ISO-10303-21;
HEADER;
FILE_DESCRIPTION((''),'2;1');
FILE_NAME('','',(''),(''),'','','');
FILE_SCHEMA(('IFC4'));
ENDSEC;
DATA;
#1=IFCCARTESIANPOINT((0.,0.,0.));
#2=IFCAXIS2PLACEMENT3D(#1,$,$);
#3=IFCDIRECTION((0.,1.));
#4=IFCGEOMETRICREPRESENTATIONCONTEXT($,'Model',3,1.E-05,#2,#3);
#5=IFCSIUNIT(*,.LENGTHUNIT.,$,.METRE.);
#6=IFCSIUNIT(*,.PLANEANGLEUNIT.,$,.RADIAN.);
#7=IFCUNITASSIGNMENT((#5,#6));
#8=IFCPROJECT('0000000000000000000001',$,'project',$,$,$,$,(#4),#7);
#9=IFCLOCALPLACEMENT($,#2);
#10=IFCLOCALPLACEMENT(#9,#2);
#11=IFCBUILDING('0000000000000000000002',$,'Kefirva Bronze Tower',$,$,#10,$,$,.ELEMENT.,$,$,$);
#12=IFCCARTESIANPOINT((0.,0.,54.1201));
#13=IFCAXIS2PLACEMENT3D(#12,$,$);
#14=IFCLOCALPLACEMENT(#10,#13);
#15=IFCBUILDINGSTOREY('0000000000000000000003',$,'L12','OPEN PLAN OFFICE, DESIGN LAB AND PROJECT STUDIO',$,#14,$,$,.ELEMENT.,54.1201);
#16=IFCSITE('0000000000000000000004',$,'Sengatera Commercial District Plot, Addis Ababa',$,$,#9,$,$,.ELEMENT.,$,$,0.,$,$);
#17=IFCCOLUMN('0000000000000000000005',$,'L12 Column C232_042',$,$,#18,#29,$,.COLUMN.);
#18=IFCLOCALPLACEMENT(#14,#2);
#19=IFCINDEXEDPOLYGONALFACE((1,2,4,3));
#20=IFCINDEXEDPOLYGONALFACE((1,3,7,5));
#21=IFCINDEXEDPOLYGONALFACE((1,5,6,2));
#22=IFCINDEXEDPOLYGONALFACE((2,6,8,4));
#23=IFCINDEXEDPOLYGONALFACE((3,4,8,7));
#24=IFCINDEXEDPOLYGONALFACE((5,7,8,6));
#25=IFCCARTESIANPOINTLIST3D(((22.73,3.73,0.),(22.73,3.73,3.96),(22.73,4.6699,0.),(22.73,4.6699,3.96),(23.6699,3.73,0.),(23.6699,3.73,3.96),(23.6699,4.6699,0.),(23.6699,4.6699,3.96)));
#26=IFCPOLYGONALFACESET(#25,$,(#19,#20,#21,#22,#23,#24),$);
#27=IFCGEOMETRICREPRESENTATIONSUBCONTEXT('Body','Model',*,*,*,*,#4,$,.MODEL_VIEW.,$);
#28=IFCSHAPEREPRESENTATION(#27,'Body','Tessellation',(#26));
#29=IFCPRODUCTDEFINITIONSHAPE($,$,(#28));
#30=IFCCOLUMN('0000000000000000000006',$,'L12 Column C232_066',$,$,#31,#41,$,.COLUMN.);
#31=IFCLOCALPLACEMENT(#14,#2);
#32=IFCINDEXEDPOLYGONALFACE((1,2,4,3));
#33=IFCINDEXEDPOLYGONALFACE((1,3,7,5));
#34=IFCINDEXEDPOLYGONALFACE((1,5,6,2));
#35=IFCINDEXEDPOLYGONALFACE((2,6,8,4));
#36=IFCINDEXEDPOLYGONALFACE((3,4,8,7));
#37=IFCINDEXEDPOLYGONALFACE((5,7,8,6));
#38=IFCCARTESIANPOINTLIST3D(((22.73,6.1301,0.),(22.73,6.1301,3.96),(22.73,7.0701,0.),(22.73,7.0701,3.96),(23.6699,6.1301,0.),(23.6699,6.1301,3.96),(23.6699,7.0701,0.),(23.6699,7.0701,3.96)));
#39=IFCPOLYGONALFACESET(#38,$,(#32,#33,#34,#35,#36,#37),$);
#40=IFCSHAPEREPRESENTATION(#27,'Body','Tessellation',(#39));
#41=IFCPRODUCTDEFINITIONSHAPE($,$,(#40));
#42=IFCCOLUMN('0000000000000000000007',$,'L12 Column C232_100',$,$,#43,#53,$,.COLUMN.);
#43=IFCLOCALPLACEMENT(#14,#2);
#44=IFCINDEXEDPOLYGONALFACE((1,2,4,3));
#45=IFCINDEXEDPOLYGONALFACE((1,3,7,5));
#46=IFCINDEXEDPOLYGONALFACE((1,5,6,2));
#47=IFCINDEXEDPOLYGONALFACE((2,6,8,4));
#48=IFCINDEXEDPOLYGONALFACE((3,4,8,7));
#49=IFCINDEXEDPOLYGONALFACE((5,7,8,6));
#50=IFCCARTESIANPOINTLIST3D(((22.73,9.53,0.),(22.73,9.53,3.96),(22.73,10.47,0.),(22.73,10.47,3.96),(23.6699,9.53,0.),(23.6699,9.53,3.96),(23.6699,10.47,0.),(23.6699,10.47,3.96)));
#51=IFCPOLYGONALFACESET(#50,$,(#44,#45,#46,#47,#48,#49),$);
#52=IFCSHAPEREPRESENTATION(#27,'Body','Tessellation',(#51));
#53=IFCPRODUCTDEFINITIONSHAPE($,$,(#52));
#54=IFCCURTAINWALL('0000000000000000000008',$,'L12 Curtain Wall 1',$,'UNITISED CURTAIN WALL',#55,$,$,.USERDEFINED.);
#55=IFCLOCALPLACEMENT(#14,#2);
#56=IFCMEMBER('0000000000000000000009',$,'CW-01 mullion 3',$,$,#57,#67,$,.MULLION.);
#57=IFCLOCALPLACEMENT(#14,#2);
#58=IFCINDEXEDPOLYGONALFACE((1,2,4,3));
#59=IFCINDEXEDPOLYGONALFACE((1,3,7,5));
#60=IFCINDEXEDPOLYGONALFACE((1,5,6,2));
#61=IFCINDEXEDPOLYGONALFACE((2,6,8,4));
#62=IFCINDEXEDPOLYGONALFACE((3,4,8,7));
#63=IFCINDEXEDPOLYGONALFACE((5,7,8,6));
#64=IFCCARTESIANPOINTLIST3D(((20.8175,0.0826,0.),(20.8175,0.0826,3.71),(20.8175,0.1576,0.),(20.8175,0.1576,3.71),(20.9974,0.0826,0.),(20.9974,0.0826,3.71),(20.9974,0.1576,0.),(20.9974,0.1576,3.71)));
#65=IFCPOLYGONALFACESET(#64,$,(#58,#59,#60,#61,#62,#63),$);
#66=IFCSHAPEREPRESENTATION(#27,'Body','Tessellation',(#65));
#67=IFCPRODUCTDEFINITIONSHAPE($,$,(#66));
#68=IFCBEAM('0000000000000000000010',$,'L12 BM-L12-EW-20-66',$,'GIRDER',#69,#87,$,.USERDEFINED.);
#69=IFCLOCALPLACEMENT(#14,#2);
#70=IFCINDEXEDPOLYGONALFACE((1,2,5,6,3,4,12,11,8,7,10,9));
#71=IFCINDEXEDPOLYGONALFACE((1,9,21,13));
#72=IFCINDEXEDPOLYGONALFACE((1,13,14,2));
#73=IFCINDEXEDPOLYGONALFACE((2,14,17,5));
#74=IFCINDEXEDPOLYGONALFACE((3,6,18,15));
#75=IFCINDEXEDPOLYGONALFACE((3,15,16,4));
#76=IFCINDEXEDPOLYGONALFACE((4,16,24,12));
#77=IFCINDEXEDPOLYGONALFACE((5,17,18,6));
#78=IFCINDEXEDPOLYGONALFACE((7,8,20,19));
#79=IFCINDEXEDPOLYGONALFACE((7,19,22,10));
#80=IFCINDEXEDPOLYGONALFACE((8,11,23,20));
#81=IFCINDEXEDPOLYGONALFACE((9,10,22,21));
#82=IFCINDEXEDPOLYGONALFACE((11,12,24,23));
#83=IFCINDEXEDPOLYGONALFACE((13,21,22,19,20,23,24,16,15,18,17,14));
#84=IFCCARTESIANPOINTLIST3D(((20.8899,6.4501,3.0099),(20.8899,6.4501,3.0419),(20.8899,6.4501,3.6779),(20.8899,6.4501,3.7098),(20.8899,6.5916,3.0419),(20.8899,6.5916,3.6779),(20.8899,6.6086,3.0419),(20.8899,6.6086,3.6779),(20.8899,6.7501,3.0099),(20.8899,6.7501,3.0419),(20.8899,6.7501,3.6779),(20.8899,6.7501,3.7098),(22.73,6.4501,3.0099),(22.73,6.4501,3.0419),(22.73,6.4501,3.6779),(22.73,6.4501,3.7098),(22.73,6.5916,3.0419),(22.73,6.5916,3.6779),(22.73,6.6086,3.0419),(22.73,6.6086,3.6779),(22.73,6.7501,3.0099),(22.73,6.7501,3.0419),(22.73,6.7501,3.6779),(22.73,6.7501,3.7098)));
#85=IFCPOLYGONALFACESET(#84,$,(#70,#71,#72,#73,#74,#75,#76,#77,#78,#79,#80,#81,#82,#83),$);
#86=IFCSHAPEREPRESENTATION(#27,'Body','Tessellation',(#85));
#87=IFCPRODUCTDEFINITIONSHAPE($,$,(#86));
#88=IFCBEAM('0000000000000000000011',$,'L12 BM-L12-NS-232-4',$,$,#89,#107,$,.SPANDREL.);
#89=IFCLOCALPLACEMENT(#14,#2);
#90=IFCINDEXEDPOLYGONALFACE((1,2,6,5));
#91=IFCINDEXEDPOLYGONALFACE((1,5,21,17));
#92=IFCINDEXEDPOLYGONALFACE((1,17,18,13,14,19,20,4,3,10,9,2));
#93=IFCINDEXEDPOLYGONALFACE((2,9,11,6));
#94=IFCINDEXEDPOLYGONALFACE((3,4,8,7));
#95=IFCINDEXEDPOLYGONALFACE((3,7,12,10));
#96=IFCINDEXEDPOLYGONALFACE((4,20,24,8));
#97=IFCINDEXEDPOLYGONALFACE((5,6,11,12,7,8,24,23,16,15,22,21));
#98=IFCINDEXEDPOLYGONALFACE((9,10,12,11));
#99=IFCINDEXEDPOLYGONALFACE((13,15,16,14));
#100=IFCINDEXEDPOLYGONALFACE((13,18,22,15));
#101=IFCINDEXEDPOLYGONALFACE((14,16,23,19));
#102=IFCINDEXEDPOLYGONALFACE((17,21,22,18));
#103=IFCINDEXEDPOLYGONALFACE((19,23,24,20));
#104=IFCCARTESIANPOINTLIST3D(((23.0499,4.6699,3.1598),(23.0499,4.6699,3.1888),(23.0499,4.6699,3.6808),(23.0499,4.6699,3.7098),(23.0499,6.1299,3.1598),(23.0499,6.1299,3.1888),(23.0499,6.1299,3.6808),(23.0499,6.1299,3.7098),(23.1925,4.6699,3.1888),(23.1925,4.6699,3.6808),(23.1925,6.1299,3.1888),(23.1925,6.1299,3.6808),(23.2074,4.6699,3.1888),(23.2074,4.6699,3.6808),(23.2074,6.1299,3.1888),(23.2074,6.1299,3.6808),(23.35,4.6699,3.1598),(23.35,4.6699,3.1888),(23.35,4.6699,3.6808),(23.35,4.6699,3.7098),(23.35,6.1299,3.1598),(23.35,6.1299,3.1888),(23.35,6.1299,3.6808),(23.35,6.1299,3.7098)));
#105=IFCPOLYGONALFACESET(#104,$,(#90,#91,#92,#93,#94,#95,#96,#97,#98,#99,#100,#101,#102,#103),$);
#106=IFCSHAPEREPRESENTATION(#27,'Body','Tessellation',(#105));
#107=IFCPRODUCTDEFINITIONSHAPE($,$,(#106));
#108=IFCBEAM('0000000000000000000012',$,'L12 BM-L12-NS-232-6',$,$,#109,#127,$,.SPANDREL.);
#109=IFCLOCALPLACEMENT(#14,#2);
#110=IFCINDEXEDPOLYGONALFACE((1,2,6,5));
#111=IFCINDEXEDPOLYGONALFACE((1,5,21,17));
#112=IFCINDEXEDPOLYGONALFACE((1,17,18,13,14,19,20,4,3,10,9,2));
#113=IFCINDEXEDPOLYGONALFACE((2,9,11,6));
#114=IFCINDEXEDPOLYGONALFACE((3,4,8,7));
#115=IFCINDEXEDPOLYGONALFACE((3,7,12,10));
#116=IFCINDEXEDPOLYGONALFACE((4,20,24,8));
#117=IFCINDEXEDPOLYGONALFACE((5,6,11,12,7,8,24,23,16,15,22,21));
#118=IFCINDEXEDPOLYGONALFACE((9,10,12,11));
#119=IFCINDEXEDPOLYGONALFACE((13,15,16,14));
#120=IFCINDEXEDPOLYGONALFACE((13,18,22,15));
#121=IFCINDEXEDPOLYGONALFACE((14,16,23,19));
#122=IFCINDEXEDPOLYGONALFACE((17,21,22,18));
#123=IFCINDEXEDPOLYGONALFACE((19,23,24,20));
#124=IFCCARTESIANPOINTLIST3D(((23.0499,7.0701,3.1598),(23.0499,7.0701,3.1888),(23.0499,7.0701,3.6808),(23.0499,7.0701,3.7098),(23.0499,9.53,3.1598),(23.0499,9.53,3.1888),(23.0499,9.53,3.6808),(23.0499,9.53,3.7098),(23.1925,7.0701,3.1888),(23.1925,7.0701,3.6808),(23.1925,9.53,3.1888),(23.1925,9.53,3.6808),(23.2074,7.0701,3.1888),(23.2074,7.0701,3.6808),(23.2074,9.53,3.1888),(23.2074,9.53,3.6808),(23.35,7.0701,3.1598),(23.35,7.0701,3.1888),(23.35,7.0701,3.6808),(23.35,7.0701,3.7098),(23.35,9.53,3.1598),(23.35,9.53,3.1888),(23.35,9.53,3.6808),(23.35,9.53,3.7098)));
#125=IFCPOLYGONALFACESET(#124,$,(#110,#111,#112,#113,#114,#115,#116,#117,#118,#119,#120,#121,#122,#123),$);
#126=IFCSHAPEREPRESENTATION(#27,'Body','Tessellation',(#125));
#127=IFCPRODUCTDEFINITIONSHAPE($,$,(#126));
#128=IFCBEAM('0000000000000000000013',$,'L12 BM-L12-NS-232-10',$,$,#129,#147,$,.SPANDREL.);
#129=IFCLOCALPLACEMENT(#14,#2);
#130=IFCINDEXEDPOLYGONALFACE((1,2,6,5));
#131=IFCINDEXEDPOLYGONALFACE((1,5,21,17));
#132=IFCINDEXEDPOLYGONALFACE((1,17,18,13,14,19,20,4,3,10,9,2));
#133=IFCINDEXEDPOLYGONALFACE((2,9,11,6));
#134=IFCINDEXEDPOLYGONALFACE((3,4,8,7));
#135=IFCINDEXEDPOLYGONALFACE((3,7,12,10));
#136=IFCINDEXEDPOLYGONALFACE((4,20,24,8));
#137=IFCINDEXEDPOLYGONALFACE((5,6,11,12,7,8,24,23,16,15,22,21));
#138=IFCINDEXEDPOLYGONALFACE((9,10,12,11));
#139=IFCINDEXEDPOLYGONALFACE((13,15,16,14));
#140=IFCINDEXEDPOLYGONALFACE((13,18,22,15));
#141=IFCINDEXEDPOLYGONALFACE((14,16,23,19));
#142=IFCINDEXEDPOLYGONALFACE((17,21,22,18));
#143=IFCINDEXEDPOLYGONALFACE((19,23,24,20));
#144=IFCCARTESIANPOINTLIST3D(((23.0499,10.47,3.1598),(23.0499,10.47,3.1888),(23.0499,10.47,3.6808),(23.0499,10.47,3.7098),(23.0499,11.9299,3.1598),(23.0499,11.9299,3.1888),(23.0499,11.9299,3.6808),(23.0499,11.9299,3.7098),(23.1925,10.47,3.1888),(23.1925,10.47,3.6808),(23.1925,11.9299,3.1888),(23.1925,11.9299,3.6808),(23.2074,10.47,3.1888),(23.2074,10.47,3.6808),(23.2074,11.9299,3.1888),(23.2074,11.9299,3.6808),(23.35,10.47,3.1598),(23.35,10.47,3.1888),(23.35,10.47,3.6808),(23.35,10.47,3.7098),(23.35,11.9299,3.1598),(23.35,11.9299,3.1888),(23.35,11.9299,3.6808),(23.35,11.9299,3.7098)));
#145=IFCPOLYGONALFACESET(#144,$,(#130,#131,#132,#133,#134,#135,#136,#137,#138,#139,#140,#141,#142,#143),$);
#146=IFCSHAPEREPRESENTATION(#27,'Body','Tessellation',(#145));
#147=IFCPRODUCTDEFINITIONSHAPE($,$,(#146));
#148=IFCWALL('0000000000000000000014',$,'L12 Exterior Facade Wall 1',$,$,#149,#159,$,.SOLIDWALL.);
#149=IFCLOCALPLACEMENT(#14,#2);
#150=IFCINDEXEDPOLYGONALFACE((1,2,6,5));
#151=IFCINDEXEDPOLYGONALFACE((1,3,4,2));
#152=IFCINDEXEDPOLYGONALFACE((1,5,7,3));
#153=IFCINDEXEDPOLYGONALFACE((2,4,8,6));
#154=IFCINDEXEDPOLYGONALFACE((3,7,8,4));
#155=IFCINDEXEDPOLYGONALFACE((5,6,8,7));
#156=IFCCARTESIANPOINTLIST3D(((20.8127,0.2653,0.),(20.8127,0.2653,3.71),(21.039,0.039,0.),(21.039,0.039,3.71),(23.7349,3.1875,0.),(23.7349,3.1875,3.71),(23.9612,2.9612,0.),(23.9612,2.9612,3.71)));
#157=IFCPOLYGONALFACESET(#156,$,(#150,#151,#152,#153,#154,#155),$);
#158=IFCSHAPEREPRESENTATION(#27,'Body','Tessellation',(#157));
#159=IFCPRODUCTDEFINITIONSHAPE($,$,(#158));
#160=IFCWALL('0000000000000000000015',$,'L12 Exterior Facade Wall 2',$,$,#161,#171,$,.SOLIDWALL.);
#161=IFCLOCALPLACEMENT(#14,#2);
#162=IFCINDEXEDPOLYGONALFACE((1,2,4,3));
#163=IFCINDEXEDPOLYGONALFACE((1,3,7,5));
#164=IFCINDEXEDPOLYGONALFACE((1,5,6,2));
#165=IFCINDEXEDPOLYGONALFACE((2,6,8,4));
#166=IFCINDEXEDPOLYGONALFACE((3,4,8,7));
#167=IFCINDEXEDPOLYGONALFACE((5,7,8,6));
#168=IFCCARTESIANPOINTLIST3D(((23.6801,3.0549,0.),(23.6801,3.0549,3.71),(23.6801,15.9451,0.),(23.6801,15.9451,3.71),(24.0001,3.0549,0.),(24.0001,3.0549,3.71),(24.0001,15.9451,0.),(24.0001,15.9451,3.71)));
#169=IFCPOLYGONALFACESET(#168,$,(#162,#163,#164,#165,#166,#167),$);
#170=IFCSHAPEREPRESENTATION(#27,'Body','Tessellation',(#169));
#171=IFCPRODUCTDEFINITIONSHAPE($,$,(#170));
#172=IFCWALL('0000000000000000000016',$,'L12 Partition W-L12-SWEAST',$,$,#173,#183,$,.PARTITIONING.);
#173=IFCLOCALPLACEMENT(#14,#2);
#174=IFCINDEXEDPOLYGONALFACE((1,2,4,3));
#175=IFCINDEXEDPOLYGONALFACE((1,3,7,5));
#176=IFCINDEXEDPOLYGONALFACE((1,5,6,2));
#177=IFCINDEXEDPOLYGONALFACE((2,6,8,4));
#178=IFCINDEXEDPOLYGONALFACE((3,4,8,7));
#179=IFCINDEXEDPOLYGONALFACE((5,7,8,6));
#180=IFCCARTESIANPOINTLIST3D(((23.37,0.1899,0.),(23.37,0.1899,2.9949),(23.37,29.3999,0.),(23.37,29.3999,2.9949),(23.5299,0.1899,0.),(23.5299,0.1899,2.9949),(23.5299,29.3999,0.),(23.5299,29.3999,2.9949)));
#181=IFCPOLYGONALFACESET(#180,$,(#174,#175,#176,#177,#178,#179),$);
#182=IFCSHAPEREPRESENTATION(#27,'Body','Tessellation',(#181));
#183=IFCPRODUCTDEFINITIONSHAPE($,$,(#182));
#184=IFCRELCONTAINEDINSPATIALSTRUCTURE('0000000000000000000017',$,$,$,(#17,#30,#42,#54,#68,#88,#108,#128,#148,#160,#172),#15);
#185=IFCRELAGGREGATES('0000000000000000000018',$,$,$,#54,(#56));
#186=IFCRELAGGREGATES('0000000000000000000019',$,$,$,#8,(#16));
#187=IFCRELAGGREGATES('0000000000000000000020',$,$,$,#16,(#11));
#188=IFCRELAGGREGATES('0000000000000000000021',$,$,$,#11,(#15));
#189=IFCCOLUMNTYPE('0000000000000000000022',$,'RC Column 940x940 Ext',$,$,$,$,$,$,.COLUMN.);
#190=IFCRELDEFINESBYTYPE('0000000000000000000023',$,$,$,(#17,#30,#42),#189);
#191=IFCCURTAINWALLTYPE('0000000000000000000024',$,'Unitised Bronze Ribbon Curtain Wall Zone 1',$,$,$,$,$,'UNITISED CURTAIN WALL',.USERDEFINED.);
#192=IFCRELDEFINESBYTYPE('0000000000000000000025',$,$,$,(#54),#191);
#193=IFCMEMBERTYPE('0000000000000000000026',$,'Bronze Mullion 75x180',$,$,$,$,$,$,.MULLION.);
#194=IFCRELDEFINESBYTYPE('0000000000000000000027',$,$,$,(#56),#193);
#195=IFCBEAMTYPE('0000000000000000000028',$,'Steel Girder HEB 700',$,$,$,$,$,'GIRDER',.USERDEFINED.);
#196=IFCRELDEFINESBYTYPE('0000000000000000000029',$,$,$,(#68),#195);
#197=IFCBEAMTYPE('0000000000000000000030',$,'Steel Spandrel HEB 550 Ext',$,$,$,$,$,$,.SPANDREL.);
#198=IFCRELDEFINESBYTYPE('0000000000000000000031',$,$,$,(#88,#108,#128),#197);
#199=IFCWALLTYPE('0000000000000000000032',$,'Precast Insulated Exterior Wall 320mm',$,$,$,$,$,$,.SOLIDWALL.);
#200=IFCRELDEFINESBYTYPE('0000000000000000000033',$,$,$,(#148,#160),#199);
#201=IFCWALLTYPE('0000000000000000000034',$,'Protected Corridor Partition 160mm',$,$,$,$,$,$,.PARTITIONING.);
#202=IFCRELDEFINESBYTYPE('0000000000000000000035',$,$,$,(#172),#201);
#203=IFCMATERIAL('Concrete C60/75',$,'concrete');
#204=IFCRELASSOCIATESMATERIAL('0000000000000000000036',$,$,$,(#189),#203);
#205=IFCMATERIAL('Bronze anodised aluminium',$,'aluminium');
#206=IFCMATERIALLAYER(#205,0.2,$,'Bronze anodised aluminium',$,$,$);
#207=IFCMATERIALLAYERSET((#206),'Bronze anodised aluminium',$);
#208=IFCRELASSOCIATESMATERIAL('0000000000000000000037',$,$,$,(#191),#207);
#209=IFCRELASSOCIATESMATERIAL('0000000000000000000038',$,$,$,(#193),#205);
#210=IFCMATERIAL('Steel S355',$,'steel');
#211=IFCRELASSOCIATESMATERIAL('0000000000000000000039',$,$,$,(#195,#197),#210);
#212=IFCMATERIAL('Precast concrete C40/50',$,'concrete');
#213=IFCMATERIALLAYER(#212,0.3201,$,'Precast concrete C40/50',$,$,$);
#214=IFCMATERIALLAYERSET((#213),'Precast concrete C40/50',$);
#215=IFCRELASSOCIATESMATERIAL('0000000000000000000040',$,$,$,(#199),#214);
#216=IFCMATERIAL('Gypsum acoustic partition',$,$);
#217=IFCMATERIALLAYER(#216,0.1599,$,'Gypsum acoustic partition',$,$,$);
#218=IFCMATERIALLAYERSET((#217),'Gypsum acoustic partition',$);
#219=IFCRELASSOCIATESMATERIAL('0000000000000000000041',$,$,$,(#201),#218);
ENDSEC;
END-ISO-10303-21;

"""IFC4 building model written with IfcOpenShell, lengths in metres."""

from ifc_helpers import new_model, si_unit, direction, frame, frame_2d, origin, origin_2d, place, context, subcontext, project, spatial, rectangle, i_section, extrude, material, layer, layer_set, material_profile, profile_set, type_object, element, aggregate, save


model = new_model("IFC4")

# Units and contexts
model_context = context("Model", 3, precision=1e-05, world=origin(), true_north=direction((0.0, 1.0)))
body_context = subcontext(model_context, "Body", "Model", "MODEL_VIEW")
ifc_project = project(units=[si_unit("LENGTHUNIT", "METRE"), si_unit("PLANEANGLEUNIT", "RADIAN")], contexts=[model_context])

# Site, building, storey
site_placement = place(None, origin())
site = spatial("IfcSite", under=ifc_project, at=site_placement, Name="Sengatera Commercial District Plot, Addis Ababa", CompositionType="ELEMENT", RefElevation=0.0)
building_placement = place(site_placement, origin())
building = spatial("IfcBuilding", under=site, at=building_placement, Name="Kefirva Bronze Tower", CompositionType="ELEMENT")
storey_placement = place(building_placement, frame((0.0, 0.0, 54.1201)))
storey = spatial("IfcBuildingStorey", under=building, at=storey_placement, Name="L12", Description="OPEN PLAN OFFICE, DESIGN LAB AND PROJECT STUDIO", CompositionType="ELEMENT", Elevation=54.1201)

# Columns
ifc_material_1 = material(Name="Concrete C60/75", Category="concrete")
ifc_material_profile_1 = material_profile(ifc_material_1, rectangle(XDim=0.9399, YDim=0.9399, at=origin_2d()), Name="RC 940x940")
ifc_profile_set_1 = profile_set([ifc_material_profile_1], Name="Concrete C60/75")
column_type = type_object("IfcColumnType", Name="RC Column 940x940 Ext", PredefinedType="COLUMN", material=ifc_profile_set_1)
for number, where, z_axis, x_axis, name in (
    (1, (23.2, 4.2, 0.0), (0.0, 0.0, 1.0), (1.0, 0.0, 0.0), "L12 Column C232_042"),
    (2, (23.2, 6.6001, 0.0), (0.0, 0.0, 1.0), (1.0, 0.0, 0.0), "L12 Column C232_066"),
    (3, (23.2, 10.0, 0.0), (0.0, 0.0, 1.0), (1.0, 0.0, 0.0), "L12 Column C232_100"),
):
    element("IfcColumn", number, at=place(storey_placement, frame(where, z_axis=z_axis, x_axis=x_axis)), inside=storey, type_object=column_type, Name=name, PredefinedType="COLUMN", context=body_context, shape_type="SweptSolid", body=[
        extrude(rectangle(XDim=0.9399, YDim=0.9399, at=origin_2d()), origin(), (0.0, 0.0, 1.0), 3.96),
    ])

# Curtain wall, member
ifc_material_2 = material(Name="Bronze anodised aluminium", Category="aluminium")
ifc_layer_1 = layer(ifc_material_2, 0.2, Name="Bronze anodised aluminium")
ifc_layer_set_1 = layer_set([ifc_layer_1], Name="Bronze anodised aluminium")
curtain_wall_type = type_object("IfcCurtainWallType", Name="Unitised Bronze Ribbon Curtain Wall Zone 1", ElementType="UNITISED CURTAIN WALL", PredefinedType="USERDEFINED", material=ifc_layer_set_1)
curtain_wall_placement = place(storey_placement, origin())
curtain_wall = element("IfcCurtainWall", 4, at=curtain_wall_placement, inside=storey, type_object=curtain_wall_type, Name="L12 Curtain Wall 1", ObjectType="UNITISED CURTAIN WALL", PredefinedType="USERDEFINED")
ifc_material_profile_2 = material_profile(ifc_material_2, rectangle(XDim=0.075, YDim=0.1799, at=origin_2d()), Name="ALU 75x180")
ifc_profile_set_2 = profile_set([ifc_material_profile_2], Name="Bronze anodised aluminium")
member_type = type_object("IfcMemberType", Name="Bronze Mullion 75x180", PredefinedType="MULLION", material=ifc_profile_set_2)
member_placement = place(storey_placement, frame((20.9075, 0.1201, 0.0), z_axis=(0.0, 0.0, 1.0), x_axis=(0.0, 1.0, 0.0)))
member = element("IfcMember", 5, at=member_placement, type_object=member_type, Name="CW-01 mullion 3", PredefinedType="MULLION", context=body_context, shape_type="SweptSolid", body=[
    extrude(rectangle(XDim=0.075, YDim=0.1799, at=origin_2d()), origin(), (0.0, 0.0, 1.0), 3.71),
])
aggregate(curtain_wall, [member])

# Beams
ifc_material_3 = material(Name="Steel S355", Category="steel")
ifc_material_profile_3 = material_profile(ifc_material_3, i_section(OverallWidth=0.3, OverallDepth=0.7, WebThickness=0.0171, FlangeThickness=0.032, at=origin_2d()), Name="HEB 700")
ifc_profile_set_3 = profile_set([ifc_material_profile_3], Name="Steel S355")
beam_type_1 = type_object("IfcBeamType", Name="Steel Girder HEB 700", ElementType="GIRDER", PredefinedType="USERDEFINED", material=ifc_profile_set_3)
beam_1_placement = place(storey_placement, frame((20.8899, 6.6001, 3.3599), z_axis=(1.0, 0.0, 0.0), x_axis=(0.0, 1.0, 0.0)))
element("IfcBeam", 6, at=beam_1_placement, inside=storey, type_object=beam_type_1, Name="L12 BM-L12-EW-20-66", ObjectType="GIRDER", PredefinedType="USERDEFINED", context=body_context, shape_type="SweptSolid", body=[
    extrude(i_section(OverallWidth=0.3, OverallDepth=0.7, WebThickness=0.0171, FlangeThickness=0.032, at=origin_2d()), origin(), (0.0, 0.0, 1.0), 1.8401),
])
ifc_material_profile_4 = material_profile(ifc_material_3, i_section(OverallWidth=0.3, OverallDepth=0.55, WebThickness=0.0149, FlangeThickness=0.0291, at=origin_2d()), Name="HEB 550")
ifc_profile_set_4 = profile_set([ifc_material_profile_4], Name="Steel S355")
beam_type_2 = type_object("IfcBeamType", Name="Steel Spandrel HEB 550 Ext", PredefinedType="SPANDREL", material=ifc_profile_set_4)
beam_2_placement = place(storey_placement, frame((23.2, 4.6699, 3.4348), z_axis=(0.0, 1.0, 0.0), x_axis=(-1.0, 0.0, 0.0)))
element("IfcBeam", 7, at=beam_2_placement, inside=storey, type_object=beam_type_2, Name="L12 BM-L12-NS-232-4", PredefinedType="SPANDREL", context=body_context, shape_type="SweptSolid", body=[
    extrude(i_section(OverallWidth=0.3, OverallDepth=0.55, WebThickness=0.0149, FlangeThickness=0.0291, at=origin_2d()), origin(), (0.0, 0.0, 1.0), 1.46),
])
beam_3_placement = place(storey_placement, frame((23.2, 7.0701, 3.4348), z_axis=(0.0, 1.0, 0.0), x_axis=(-1.0, 0.0, 0.0)))
element("IfcBeam", 8, at=beam_3_placement, inside=storey, type_object=beam_type_2, Name="L12 BM-L12-NS-232-6", PredefinedType="SPANDREL", context=body_context, shape_type="SweptSolid", body=[
    extrude(i_section(OverallWidth=0.3, OverallDepth=0.55, WebThickness=0.0149, FlangeThickness=0.0291, at=origin_2d()), origin(), (0.0, 0.0, 1.0), 2.46),
])
beam_4_placement = place(storey_placement, frame((23.2, 10.47, 3.4348), z_axis=(0.0, 1.0, 0.0), x_axis=(-1.0, 0.0, 0.0)))
element("IfcBeam", 9, at=beam_4_placement, inside=storey, type_object=beam_type_2, Name="L12 BM-L12-NS-232-10", PredefinedType="SPANDREL", context=body_context, shape_type="SweptSolid", body=[
    extrude(i_section(OverallWidth=0.3, OverallDepth=0.55, WebThickness=0.0149, FlangeThickness=0.0291, at=origin_2d()), origin(), (0.0, 0.0, 1.0), 1.46),
])

# Walls
ifc_material_4 = material(Name="Precast concrete C40/50", Category="concrete")
ifc_layer_2 = layer(ifc_material_4, 0.3201, Name="Precast concrete C40/50")
ifc_layer_set_2 = layer_set([ifc_layer_2], Name="Precast concrete C40/50")
wall_type_1 = type_object("IfcWallType", Name="Precast Insulated Exterior Wall 320mm", PredefinedType="SOLIDWALL", material=ifc_layer_set_2)
wall_1_placement = place(storey_placement, frame((20.9258, 0.1521, 0.0), z_axis=(0.0, 0.0, 1.0), x_axis=(0.707107, 0.707107, 0.0)))
element("IfcWall", 10, at=wall_1_placement, inside=storey, type_object=wall_type_1, Name="L12 Exterior Facade Wall 1", PredefinedType="SOLIDWALL", context=body_context, shape_type="SweptSolid", body=[
    extrude(rectangle(XDim=4.1326, YDim=0.3201, at=frame_2d((2.0664, 0.0))), origin(), (0.0, 0.0, 1.0), 3.71),
])
wall_2_placement = place(storey_placement, frame((23.8401, 3.0549, 0.0), z_axis=(0.0, 0.0, 1.0), x_axis=(0.0, 1.0, 0.0)))
element("IfcWall", 11, at=wall_2_placement, inside=storey, type_object=wall_type_1, Name="L12 Exterior Facade Wall 2", PredefinedType="SOLIDWALL", context=body_context, shape_type="SweptSolid", body=[
    extrude(rectangle(XDim=12.8901, YDim=0.3201, at=frame_2d((6.4451, 0.0))), origin(), (0.0, 0.0, 1.0), 3.71),
])
ifc_material_5 = material(Name="Gypsum acoustic partition")
ifc_layer_3 = layer(ifc_material_5, 0.1599, Name="Gypsum acoustic partition")
ifc_layer_set_3 = layer_set([ifc_layer_3], Name="Gypsum acoustic partition")
wall_type_2 = type_object("IfcWallType", Name="Protected Corridor Partition 160mm", PredefinedType="PARTITIONING", material=ifc_layer_set_3)
wall_3_placement = place(storey_placement, frame((23.45, 0.1899, 0.0), z_axis=(0.0, 0.0, 1.0), x_axis=(0.0, 1.0, 0.0)))
element("IfcWall", 12, at=wall_3_placement, inside=storey, type_object=wall_type_2, Name="L12 Partition W-L12-SWEAST", PredefinedType="PARTITIONING", context=body_context, shape_type="SweptSolid", body=[
    extrude(rectangle(XDim=29.21, YDim=0.1599, at=frame_2d((14.605, 0.0))), origin(), (0.0, 0.0, 1.0), 2.9949),
])

save(model, "model.ifc")
